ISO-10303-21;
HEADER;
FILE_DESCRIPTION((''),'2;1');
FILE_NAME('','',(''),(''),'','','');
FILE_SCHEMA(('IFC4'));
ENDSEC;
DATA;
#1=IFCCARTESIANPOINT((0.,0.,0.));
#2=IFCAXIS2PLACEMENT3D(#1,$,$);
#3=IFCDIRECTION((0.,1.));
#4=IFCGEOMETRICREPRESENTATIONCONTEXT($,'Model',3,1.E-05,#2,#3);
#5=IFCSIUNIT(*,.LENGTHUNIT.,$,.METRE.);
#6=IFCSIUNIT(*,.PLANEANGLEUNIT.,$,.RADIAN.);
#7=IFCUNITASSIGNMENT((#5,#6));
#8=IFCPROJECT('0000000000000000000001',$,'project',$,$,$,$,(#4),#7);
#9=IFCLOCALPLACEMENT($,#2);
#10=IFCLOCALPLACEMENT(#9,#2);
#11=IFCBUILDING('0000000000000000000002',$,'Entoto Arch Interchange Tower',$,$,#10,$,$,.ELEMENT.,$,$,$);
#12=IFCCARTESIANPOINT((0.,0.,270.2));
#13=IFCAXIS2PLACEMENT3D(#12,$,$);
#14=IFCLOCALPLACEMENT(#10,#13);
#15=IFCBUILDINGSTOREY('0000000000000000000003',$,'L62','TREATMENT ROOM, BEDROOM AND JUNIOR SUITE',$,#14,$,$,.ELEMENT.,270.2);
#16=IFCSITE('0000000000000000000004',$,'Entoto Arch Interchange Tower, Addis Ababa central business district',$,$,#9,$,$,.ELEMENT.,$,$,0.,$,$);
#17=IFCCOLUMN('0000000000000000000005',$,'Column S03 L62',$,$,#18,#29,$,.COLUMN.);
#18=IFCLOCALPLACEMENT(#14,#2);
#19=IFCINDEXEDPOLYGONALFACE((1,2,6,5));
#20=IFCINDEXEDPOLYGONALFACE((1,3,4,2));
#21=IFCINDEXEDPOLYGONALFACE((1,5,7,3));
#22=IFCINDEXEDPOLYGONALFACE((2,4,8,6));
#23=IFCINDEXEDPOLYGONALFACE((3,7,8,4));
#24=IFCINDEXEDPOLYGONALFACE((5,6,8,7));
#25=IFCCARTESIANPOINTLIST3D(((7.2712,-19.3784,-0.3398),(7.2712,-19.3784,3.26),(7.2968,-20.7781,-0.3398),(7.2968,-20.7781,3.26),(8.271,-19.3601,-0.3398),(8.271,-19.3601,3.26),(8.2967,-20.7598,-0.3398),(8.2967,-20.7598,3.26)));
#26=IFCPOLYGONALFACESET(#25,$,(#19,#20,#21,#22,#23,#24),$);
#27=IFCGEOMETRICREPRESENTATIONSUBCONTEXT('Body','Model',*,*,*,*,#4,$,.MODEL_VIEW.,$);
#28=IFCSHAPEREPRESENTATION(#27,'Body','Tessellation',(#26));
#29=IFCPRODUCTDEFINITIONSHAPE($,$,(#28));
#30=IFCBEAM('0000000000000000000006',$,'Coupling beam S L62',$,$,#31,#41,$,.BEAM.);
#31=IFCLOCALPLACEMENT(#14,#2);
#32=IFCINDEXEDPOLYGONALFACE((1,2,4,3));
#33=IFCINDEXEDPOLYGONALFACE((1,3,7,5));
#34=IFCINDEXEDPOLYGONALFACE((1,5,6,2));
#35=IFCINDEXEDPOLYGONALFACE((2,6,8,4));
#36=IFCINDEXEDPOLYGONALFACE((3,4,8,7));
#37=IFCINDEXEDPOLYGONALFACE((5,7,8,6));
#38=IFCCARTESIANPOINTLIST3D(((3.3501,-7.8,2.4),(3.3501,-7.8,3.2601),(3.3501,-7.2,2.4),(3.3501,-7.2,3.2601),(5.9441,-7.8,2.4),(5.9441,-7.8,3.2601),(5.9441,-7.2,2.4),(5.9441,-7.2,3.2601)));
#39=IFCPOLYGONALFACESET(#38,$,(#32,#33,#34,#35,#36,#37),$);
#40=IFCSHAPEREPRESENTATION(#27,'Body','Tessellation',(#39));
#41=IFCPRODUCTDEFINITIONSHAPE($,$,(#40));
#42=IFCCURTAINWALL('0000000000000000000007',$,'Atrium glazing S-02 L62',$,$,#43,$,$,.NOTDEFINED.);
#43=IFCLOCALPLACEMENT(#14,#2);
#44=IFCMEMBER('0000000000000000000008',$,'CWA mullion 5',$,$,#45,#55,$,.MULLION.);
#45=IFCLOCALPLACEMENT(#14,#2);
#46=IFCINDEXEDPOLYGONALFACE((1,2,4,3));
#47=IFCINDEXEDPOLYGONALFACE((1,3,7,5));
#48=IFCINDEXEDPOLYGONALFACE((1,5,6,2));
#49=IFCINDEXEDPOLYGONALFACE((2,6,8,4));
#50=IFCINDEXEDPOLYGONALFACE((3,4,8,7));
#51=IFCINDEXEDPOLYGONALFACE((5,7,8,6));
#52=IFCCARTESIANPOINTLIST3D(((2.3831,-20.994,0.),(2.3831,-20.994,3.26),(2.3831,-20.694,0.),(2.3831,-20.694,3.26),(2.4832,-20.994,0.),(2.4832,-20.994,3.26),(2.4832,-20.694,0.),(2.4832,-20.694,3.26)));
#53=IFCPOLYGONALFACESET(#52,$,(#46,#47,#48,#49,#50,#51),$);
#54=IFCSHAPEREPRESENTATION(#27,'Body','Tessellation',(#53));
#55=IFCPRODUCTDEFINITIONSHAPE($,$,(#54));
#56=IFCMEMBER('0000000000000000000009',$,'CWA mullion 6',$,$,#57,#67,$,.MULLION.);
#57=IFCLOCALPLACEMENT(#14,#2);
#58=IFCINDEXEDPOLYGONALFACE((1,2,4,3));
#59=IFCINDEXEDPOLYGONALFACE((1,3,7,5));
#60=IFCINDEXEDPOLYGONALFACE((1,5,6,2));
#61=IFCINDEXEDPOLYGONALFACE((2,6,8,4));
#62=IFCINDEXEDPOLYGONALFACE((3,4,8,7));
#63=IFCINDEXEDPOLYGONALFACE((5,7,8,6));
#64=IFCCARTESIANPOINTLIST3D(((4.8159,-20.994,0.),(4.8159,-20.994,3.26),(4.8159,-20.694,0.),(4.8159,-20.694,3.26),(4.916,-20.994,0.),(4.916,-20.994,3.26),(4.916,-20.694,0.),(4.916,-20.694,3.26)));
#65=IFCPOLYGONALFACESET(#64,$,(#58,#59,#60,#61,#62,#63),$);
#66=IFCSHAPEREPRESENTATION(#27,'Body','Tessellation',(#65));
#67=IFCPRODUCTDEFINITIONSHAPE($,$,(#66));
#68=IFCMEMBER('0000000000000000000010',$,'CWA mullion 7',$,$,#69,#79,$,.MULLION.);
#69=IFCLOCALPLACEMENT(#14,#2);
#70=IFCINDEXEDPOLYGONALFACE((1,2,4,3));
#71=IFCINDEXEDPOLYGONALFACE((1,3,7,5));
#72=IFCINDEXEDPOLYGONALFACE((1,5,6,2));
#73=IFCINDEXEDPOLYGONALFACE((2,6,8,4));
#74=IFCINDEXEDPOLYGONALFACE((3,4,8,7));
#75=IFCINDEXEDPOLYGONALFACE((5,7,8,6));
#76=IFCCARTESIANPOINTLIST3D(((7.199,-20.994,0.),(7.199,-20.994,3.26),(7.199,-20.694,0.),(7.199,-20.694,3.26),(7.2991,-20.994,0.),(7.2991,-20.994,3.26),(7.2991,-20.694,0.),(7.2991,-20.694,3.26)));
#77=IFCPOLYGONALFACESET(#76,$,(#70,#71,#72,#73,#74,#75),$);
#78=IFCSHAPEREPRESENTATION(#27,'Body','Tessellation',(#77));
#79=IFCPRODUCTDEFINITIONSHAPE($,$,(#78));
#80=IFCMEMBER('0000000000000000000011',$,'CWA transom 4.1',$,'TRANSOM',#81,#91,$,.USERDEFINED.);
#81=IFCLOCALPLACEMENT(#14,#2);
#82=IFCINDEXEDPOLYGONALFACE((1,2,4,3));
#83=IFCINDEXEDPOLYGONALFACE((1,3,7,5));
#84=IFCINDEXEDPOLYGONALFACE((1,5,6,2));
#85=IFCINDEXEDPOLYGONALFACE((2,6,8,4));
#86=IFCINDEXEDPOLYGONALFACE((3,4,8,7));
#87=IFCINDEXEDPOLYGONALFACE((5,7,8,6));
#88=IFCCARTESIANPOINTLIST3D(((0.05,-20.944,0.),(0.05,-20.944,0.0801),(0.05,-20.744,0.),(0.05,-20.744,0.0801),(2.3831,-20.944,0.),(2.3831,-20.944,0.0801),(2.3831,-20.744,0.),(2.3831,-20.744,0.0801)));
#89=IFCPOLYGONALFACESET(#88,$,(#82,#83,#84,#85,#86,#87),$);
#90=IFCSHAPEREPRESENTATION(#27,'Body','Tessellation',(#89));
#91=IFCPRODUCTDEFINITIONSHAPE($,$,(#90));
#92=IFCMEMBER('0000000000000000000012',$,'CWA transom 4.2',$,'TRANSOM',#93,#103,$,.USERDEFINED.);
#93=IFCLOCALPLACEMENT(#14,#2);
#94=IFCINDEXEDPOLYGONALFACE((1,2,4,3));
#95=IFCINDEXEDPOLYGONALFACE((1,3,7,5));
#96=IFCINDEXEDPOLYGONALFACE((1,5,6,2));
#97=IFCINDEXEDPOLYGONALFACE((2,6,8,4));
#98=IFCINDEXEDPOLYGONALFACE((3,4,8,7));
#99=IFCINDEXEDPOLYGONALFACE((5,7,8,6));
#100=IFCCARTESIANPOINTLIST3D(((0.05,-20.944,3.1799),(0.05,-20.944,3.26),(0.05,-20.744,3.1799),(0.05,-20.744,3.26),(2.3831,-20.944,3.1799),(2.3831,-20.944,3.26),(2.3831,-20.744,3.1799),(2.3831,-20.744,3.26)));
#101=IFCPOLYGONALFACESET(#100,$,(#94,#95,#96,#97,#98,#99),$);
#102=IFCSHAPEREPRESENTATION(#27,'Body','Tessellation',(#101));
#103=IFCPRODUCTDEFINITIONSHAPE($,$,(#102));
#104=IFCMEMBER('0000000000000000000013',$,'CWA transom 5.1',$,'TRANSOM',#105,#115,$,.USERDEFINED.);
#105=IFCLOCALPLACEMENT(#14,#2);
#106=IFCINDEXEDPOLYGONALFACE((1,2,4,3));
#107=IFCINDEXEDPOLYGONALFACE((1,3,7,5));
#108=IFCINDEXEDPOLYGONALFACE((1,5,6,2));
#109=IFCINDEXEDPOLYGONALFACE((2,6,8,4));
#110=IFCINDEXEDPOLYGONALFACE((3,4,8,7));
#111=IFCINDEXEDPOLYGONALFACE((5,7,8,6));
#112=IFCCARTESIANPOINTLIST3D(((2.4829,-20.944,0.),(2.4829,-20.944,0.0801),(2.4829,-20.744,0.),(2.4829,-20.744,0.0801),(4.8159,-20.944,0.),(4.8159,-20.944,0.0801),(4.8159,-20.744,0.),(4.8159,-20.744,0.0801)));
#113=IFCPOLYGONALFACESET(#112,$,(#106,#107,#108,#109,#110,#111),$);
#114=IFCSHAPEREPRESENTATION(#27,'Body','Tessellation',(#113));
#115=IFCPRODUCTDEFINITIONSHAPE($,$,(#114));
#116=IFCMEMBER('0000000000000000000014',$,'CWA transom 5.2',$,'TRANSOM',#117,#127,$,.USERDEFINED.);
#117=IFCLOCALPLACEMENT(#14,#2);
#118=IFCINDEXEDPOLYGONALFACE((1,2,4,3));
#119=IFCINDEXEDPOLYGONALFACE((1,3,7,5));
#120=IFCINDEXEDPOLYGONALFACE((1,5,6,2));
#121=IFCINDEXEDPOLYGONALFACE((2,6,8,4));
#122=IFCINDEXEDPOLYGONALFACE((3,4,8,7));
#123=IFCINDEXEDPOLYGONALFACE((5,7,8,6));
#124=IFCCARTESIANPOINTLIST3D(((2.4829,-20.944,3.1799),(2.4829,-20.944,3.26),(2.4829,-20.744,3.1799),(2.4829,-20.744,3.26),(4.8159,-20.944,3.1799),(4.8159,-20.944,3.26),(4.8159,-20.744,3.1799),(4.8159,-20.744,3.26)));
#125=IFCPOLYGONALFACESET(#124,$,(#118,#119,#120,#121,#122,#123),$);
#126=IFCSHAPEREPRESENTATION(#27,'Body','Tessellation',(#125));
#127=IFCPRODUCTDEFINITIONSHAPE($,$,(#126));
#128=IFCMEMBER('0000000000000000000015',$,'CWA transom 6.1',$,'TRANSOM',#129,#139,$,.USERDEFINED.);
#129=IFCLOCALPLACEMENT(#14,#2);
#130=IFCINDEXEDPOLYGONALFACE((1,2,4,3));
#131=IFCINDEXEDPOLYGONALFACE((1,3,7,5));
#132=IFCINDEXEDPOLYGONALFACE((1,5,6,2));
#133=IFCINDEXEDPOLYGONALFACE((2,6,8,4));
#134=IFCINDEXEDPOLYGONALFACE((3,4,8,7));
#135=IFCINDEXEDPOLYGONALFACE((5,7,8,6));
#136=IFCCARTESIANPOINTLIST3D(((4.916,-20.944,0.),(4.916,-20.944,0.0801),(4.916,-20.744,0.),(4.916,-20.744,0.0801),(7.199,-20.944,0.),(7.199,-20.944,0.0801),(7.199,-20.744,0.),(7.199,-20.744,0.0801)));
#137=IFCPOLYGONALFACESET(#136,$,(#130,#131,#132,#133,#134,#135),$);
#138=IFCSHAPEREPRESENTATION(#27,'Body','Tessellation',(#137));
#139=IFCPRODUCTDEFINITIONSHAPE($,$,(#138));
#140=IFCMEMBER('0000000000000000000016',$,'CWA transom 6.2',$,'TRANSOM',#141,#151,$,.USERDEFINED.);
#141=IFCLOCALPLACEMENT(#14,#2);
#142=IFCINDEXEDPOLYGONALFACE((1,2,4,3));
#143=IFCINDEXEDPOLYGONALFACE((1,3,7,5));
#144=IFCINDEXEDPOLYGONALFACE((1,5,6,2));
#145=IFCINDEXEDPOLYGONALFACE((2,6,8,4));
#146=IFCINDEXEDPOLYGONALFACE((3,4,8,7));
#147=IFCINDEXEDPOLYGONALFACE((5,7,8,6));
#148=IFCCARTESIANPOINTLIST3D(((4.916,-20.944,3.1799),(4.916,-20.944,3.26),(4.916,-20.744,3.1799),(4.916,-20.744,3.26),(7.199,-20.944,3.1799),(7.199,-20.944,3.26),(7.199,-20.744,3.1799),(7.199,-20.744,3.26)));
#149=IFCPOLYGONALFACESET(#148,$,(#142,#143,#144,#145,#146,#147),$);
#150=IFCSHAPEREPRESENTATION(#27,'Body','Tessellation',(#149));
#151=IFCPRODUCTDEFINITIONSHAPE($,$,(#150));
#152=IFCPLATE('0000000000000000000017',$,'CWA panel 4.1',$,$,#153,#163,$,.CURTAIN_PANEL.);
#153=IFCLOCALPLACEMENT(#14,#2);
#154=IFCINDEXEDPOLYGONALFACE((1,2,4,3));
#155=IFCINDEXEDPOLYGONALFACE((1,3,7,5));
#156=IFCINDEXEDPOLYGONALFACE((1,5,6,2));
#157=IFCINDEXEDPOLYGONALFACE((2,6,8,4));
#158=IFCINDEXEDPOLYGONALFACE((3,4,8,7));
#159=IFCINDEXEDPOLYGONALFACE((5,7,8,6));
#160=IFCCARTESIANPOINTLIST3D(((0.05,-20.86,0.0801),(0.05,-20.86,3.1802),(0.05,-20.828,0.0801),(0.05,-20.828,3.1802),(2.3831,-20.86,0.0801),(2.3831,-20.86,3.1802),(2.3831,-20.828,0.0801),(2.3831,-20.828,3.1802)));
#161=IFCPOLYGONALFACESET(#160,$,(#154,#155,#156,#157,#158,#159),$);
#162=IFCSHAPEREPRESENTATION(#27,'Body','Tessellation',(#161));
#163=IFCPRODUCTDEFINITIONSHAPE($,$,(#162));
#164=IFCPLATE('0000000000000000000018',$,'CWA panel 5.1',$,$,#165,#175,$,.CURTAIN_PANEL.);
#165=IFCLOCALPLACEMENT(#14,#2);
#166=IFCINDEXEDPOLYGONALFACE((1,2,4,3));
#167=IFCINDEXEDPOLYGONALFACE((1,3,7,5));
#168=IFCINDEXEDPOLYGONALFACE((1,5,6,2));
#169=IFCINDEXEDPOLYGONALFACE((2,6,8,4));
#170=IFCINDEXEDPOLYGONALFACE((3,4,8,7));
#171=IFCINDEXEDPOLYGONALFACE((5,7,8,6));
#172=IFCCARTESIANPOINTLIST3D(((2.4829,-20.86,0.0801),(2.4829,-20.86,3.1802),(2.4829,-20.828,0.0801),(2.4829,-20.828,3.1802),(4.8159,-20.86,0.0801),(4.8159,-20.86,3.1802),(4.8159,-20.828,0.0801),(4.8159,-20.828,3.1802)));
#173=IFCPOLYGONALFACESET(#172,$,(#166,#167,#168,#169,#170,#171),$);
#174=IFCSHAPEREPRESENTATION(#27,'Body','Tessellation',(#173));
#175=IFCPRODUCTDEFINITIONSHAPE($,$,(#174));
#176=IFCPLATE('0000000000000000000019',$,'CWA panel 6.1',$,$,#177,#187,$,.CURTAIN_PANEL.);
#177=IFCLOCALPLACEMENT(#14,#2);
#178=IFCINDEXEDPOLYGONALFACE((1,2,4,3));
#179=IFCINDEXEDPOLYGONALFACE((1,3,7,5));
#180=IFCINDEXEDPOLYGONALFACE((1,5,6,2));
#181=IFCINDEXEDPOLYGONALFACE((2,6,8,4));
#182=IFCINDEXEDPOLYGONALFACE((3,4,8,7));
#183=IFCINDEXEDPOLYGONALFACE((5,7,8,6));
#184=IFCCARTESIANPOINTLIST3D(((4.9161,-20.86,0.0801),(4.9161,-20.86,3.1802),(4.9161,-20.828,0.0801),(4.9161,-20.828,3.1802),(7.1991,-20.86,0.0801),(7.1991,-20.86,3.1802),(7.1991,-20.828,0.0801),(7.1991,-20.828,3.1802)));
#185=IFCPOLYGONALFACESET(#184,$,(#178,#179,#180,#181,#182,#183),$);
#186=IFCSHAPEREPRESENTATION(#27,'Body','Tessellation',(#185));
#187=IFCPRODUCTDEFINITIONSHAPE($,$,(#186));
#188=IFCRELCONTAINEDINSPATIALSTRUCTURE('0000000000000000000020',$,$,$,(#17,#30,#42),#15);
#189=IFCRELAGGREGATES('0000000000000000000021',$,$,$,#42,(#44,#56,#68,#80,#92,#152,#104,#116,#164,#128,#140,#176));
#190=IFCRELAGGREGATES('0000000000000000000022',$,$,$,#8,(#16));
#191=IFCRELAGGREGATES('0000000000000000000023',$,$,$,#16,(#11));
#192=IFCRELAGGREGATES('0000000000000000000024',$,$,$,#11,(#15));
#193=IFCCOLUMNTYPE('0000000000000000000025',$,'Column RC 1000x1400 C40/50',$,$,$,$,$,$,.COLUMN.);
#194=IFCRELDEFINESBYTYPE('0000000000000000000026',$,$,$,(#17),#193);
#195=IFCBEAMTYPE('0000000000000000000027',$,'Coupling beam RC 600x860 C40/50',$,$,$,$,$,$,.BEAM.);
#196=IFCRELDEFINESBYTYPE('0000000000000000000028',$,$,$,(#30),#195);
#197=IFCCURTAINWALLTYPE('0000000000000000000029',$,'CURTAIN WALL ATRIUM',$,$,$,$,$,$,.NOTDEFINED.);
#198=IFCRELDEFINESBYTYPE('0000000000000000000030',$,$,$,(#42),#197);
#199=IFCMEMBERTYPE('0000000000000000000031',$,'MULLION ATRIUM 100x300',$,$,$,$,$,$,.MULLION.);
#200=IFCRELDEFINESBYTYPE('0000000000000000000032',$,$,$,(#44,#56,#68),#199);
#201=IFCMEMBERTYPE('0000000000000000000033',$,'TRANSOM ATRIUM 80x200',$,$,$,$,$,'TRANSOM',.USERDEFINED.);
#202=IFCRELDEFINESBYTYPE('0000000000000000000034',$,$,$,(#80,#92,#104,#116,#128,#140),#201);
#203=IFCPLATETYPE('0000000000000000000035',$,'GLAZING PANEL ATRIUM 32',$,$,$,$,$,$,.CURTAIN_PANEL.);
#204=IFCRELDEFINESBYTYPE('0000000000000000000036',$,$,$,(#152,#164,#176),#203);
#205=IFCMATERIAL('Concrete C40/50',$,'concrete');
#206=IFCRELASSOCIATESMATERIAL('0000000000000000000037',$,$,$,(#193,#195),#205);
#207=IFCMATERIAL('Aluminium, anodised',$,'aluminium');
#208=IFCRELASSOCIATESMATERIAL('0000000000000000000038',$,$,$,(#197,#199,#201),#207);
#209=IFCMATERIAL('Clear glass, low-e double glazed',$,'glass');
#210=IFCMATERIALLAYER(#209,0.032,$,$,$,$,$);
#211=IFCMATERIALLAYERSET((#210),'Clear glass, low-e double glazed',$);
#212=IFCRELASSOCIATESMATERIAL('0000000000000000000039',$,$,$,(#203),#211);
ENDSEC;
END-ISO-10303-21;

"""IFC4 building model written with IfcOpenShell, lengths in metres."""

from ifc_helpers import new_model, si_unit, direction, frame, origin, origin_2d, place, context, subcontext, project, spatial, rectangle, extrude, material, layer, layer_set, material_profile, profile_set, type_object, element, aggregate, save


model = new_model("IFC4")

# Units and contexts
model_context = context("Model", 3, precision=1e-05, world=origin(), true_north=direction((0.0, 1.0)))
body_context = subcontext(model_context, "Body", "Model", "MODEL_VIEW")
ifc_project = project(units=[si_unit("LENGTHUNIT", "METRE"), si_unit("PLANEANGLEUNIT", "RADIAN")], contexts=[model_context])

# Site, building, storey
site_placement = place(None, origin())
site = spatial("IfcSite", under=ifc_project, at=site_placement, Name="Entoto Arch Interchange Tower, Addis Ababa central business district", CompositionType="ELEMENT", RefElevation=0.0)
building_placement = place(site_placement, origin())
building = spatial("IfcBuilding", under=site, at=building_placement, Name="Entoto Arch Interchange Tower", CompositionType="ELEMENT")
storey_placement = place(building_placement, frame((0.0, 0.0, 270.2)))
storey = spatial("IfcBuildingStorey", under=building, at=storey_placement, Name="L62", Description="TREATMENT ROOM, BEDROOM AND JUNIOR SUITE", CompositionType="ELEMENT", Elevation=270.2)

# Column
ifc_material_1 = material(Name="Concrete C40/50", Category="concrete")
ifc_material_profile_1 = material_profile(ifc_material_1, rectangle(XDim=1.0, YDim=1.3999, at=origin_2d()))
ifc_profile_set_1 = profile_set([ifc_material_profile_1], Name="Concrete C40/50")
column_type = type_object("IfcColumnType", Name="Column RC 1000x1400 C40/50", PredefinedType="COLUMN", material=ifc_profile_set_1)
column_placement = place(storey_placement, frame((7.7839, -20.0691, -0.3398), z_axis=(0.0, 0.0, 1.0), x_axis=(0.999833, 0.01829, 0.0)))
element("IfcColumn", 1, at=column_placement, inside=storey, type_object=column_type, Name="Column S03 L62", PredefinedType="COLUMN", context=body_context, shape_type="SweptSolid", body=[
    extrude(rectangle(XDim=1.0, YDim=1.3999, at=origin_2d()), origin(), (0.0, 0.0, 1.0), 3.5999),
])

# Beam
ifc_material_profile_2 = material_profile(ifc_material_1, rectangle(XDim=0.6001, YDim=0.8601, at=origin_2d()))
ifc_profile_set_2 = profile_set([ifc_material_profile_2], Name="Concrete C40/50")
beam_type = type_object("IfcBeamType", Name="Coupling beam RC 600x860 C40/50", PredefinedType="BEAM", material=ifc_profile_set_2)
beam_placement = place(storey_placement, frame((3.3501, -7.5, 2.8301), z_axis=(1.0, 0.0, 0.0), x_axis=(0.0, 1.0, 0.0)))
element("IfcBeam", 2, at=beam_placement, inside=storey, type_object=beam_type, Name="Coupling beam S L62", PredefinedType="BEAM", context=body_context, shape_type="SweptSolid", body=[
    extrude(rectangle(XDim=0.6001, YDim=0.8601, at=origin_2d()), origin(), (0.0, 0.0, 1.0), 2.594),
])

# Curtain wall, members, plates
ifc_material_2 = material(Name="Aluminium, anodised", Category="aluminium")
curtain_wall_type = type_object("IfcCurtainWallType", Name="CURTAIN WALL ATRIUM", PredefinedType="NOTDEFINED", material=ifc_material_2)
curtain_wall_placement = place(storey_placement, origin())
curtain_wall = element("IfcCurtainWall", 3, at=curtain_wall_placement, inside=storey, type_object=curtain_wall_type, Name="Atrium glazing S-02 L62", PredefinedType="NOTDEFINED")
ifc_material_profile_3 = material_profile(ifc_material_2, rectangle(XDim=0.3, YDim=0.1001, at=origin_2d()))
ifc_profile_set_3 = profile_set([ifc_material_profile_3], Name="Aluminium, anodised")
member_type_1 = type_object("IfcMemberType", Name="MULLION ATRIUM 100x300", PredefinedType="MULLION", material=ifc_profile_set_3)
member_1_placement = place(storey_placement, frame((2.4331, -20.844, 0.0), z_axis=(0.0, 0.0, 1.0), x_axis=(0.0, 1.0, 0.0)))
member_1 = element("IfcMember", 4, at=member_1_placement, type_object=member_type_1, Name="CWA mullion 5", PredefinedType="MULLION", context=body_context, shape_type="SweptSolid", body=[
    extrude(rectangle(XDim=0.3, YDim=0.1001, at=origin_2d()), origin(), (0.0, 0.0, 1.0), 3.26),
])
member_2_placement = place(storey_placement, frame((4.866, -20.844, 0.0), z_axis=(0.0, 0.0, 1.0), x_axis=(0.0, 1.0, 0.0)))
member_2 = element("IfcMember", 5, at=member_2_placement, type_object=member_type_1, Name="CWA mullion 6", PredefinedType="MULLION", context=body_context, shape_type="SweptSolid", body=[
    extrude(rectangle(XDim=0.3, YDim=0.1001, at=origin_2d()), origin(), (0.0, 0.0, 1.0), 3.26),
])
member_3_placement = place(storey_placement, frame((7.249, -20.844, 0.0), z_axis=(0.0, 0.0, 1.0), x_axis=(0.0, 1.0, 0.0)))
member_3 = element("IfcMember", 6, at=member_3_placement, type_object=member_type_1, Name="CWA mullion 7", PredefinedType="MULLION", context=body_context, shape_type="SweptSolid", body=[
    extrude(rectangle(XDim=0.3, YDim=0.1001, at=origin_2d()), origin(), (0.0, 0.0, 1.0), 3.26),
])
ifc_material_profile_4 = material_profile(ifc_material_2, rectangle(XDim=0.2, YDim=0.0801, at=origin_2d()))
ifc_profile_set_4 = profile_set([ifc_material_profile_4], Name="Aluminium, anodised")
member_type_2 = type_object("IfcMemberType", Name="TRANSOM ATRIUM 80x200", ElementType="TRANSOM", PredefinedType="USERDEFINED", material=ifc_profile_set_4)
member_4_placement = place(storey_placement, frame((0.05, -20.844, 0.04), z_axis=(1.0, 0.0, 0.0), x_axis=(0.0, 1.0, 0.0)))
member_4 = element("IfcMember", 7, at=member_4_placement, type_object=member_type_2, Name="CWA transom 4.1", ObjectType="TRANSOM", PredefinedType="USERDEFINED", context=body_context, shape_type="SweptSolid", body=[
    extrude(rectangle(XDim=0.2, YDim=0.0801, at=origin_2d()), origin(), (0.0, 0.0, 1.0), 2.333),
])
member_5_placement = place(storey_placement, frame((0.05, -20.844, 3.22), z_axis=(1.0, 0.0, 0.0), x_axis=(0.0, 1.0, 0.0)))
member_5 = element("IfcMember", 8, at=member_5_placement, type_object=member_type_2, Name="CWA transom 4.2", ObjectType="TRANSOM", PredefinedType="USERDEFINED", context=body_context, shape_type="SweptSolid", body=[
    extrude(rectangle(XDim=0.2, YDim=0.0801, at=origin_2d()), origin(), (0.0, 0.0, 1.0), 2.333),
])
member_6_placement = place(storey_placement, frame((2.4829, -20.844, 0.04), z_axis=(1.0, 0.0, 0.0), x_axis=(0.0, 1.0, 0.0)))
member_6 = element("IfcMember", 9, at=member_6_placement, type_object=member_type_2, Name="CWA transom 5.1", ObjectType="TRANSOM", PredefinedType="USERDEFINED", context=body_context, shape_type="SweptSolid", body=[
    extrude(rectangle(XDim=0.2, YDim=0.0801, at=origin_2d()), origin(), (0.0, 0.0, 1.0), 2.333),
])
member_7_placement = place(storey_placement, frame((2.4829, -20.844, 3.22), z_axis=(1.0, 0.0, 0.0), x_axis=(0.0, 1.0, 0.0)))
member_7 = element("IfcMember", 10, at=member_7_placement, type_object=member_type_2, Name="CWA transom 5.2", ObjectType="TRANSOM", PredefinedType="USERDEFINED", context=body_context, shape_type="SweptSolid", body=[
    extrude(rectangle(XDim=0.2, YDim=0.0801, at=origin_2d()), origin(), (0.0, 0.0, 1.0), 2.333),
])
member_8_placement = place(storey_placement, frame((4.916, -20.844, 0.04), z_axis=(1.0, 0.0, 0.0), x_axis=(0.0, 1.0, 0.0)))
member_8 = element("IfcMember", 11, at=member_8_placement, type_object=member_type_2, Name="CWA transom 6.1", ObjectType="TRANSOM", PredefinedType="USERDEFINED", context=body_context, shape_type="SweptSolid", body=[
    extrude(rectangle(XDim=0.2, YDim=0.0801, at=origin_2d()), origin(), (0.0, 0.0, 1.0), 2.283),
])
member_9_placement = place(storey_placement, frame((4.916, -20.844, 3.22), z_axis=(1.0, 0.0, 0.0), x_axis=(0.0, 1.0, 0.0)))
member_9 = element("IfcMember", 12, at=member_9_placement, type_object=member_type_2, Name="CWA transom 6.2", ObjectType="TRANSOM", PredefinedType="USERDEFINED", context=body_context, shape_type="SweptSolid", body=[
    extrude(rectangle(XDim=0.2, YDim=0.0801, at=origin_2d()), origin(), (0.0, 0.0, 1.0), 2.283),
])
ifc_material_3 = material(Name="Clear glass, low-e double glazed", Category="glass")
ifc_layer_1 = layer(ifc_material_3, 0.032)
ifc_layer_set_1 = layer_set([ifc_layer_1], Name="Clear glass, low-e double glazed")
plate_type = type_object("IfcPlateType", Name="GLAZING PANEL ATRIUM 32", PredefinedType="CURTAIN_PANEL", material=ifc_layer_set_1)
plate_1_placement = place(storey_placement, frame((1.2166, -20.844, 0.0801), z_axis=(0.0, 0.0, 1.0), x_axis=(1.0, 0.0, 0.0)))
plate_1 = element("IfcPlate", 13, at=plate_1_placement, type_object=plate_type, Name="CWA panel 4.1", PredefinedType="CURTAIN_PANEL", context=body_context, shape_type="SweptSolid", body=[
    extrude(rectangle(XDim=2.333, YDim=0.032, at=origin_2d()), origin(), (0.0, 0.0, 1.0), 3.1001),
])
plate_2_placement = place(storey_placement, frame((3.6494, -20.844, 0.0801), z_axis=(0.0, 0.0, 1.0), x_axis=(1.0, 0.0, 0.0)))
plate_2 = element("IfcPlate", 14, at=plate_2_placement, type_object=plate_type, Name="CWA panel 5.1", PredefinedType="CURTAIN_PANEL", context=body_context, shape_type="SweptSolid", body=[
    extrude(rectangle(XDim=2.333, YDim=0.032, at=origin_2d()), origin(), (0.0, 0.0, 1.0), 3.1001),
])
plate_3_placement = place(storey_placement, frame((6.0576, -20.844, 0.0801), z_axis=(0.0, 0.0, 1.0), x_axis=(1.0, 0.0, 0.0)))
plate_3 = element("IfcPlate", 15, at=plate_3_placement, type_object=plate_type, Name="CWA panel 6.1", PredefinedType="CURTAIN_PANEL", context=body_context, shape_type="SweptSolid", body=[
    extrude(rectangle(XDim=2.283, YDim=0.032, at=origin_2d()), origin(), (0.0, 0.0, 1.0), 3.1001),
])
aggregate(curtain_wall, [member_1, member_2, member_3, member_4, member_5, plate_1, member_6, member_7, plate_2, member_8, member_9, plate_3])

save(model, "model.ifc")
